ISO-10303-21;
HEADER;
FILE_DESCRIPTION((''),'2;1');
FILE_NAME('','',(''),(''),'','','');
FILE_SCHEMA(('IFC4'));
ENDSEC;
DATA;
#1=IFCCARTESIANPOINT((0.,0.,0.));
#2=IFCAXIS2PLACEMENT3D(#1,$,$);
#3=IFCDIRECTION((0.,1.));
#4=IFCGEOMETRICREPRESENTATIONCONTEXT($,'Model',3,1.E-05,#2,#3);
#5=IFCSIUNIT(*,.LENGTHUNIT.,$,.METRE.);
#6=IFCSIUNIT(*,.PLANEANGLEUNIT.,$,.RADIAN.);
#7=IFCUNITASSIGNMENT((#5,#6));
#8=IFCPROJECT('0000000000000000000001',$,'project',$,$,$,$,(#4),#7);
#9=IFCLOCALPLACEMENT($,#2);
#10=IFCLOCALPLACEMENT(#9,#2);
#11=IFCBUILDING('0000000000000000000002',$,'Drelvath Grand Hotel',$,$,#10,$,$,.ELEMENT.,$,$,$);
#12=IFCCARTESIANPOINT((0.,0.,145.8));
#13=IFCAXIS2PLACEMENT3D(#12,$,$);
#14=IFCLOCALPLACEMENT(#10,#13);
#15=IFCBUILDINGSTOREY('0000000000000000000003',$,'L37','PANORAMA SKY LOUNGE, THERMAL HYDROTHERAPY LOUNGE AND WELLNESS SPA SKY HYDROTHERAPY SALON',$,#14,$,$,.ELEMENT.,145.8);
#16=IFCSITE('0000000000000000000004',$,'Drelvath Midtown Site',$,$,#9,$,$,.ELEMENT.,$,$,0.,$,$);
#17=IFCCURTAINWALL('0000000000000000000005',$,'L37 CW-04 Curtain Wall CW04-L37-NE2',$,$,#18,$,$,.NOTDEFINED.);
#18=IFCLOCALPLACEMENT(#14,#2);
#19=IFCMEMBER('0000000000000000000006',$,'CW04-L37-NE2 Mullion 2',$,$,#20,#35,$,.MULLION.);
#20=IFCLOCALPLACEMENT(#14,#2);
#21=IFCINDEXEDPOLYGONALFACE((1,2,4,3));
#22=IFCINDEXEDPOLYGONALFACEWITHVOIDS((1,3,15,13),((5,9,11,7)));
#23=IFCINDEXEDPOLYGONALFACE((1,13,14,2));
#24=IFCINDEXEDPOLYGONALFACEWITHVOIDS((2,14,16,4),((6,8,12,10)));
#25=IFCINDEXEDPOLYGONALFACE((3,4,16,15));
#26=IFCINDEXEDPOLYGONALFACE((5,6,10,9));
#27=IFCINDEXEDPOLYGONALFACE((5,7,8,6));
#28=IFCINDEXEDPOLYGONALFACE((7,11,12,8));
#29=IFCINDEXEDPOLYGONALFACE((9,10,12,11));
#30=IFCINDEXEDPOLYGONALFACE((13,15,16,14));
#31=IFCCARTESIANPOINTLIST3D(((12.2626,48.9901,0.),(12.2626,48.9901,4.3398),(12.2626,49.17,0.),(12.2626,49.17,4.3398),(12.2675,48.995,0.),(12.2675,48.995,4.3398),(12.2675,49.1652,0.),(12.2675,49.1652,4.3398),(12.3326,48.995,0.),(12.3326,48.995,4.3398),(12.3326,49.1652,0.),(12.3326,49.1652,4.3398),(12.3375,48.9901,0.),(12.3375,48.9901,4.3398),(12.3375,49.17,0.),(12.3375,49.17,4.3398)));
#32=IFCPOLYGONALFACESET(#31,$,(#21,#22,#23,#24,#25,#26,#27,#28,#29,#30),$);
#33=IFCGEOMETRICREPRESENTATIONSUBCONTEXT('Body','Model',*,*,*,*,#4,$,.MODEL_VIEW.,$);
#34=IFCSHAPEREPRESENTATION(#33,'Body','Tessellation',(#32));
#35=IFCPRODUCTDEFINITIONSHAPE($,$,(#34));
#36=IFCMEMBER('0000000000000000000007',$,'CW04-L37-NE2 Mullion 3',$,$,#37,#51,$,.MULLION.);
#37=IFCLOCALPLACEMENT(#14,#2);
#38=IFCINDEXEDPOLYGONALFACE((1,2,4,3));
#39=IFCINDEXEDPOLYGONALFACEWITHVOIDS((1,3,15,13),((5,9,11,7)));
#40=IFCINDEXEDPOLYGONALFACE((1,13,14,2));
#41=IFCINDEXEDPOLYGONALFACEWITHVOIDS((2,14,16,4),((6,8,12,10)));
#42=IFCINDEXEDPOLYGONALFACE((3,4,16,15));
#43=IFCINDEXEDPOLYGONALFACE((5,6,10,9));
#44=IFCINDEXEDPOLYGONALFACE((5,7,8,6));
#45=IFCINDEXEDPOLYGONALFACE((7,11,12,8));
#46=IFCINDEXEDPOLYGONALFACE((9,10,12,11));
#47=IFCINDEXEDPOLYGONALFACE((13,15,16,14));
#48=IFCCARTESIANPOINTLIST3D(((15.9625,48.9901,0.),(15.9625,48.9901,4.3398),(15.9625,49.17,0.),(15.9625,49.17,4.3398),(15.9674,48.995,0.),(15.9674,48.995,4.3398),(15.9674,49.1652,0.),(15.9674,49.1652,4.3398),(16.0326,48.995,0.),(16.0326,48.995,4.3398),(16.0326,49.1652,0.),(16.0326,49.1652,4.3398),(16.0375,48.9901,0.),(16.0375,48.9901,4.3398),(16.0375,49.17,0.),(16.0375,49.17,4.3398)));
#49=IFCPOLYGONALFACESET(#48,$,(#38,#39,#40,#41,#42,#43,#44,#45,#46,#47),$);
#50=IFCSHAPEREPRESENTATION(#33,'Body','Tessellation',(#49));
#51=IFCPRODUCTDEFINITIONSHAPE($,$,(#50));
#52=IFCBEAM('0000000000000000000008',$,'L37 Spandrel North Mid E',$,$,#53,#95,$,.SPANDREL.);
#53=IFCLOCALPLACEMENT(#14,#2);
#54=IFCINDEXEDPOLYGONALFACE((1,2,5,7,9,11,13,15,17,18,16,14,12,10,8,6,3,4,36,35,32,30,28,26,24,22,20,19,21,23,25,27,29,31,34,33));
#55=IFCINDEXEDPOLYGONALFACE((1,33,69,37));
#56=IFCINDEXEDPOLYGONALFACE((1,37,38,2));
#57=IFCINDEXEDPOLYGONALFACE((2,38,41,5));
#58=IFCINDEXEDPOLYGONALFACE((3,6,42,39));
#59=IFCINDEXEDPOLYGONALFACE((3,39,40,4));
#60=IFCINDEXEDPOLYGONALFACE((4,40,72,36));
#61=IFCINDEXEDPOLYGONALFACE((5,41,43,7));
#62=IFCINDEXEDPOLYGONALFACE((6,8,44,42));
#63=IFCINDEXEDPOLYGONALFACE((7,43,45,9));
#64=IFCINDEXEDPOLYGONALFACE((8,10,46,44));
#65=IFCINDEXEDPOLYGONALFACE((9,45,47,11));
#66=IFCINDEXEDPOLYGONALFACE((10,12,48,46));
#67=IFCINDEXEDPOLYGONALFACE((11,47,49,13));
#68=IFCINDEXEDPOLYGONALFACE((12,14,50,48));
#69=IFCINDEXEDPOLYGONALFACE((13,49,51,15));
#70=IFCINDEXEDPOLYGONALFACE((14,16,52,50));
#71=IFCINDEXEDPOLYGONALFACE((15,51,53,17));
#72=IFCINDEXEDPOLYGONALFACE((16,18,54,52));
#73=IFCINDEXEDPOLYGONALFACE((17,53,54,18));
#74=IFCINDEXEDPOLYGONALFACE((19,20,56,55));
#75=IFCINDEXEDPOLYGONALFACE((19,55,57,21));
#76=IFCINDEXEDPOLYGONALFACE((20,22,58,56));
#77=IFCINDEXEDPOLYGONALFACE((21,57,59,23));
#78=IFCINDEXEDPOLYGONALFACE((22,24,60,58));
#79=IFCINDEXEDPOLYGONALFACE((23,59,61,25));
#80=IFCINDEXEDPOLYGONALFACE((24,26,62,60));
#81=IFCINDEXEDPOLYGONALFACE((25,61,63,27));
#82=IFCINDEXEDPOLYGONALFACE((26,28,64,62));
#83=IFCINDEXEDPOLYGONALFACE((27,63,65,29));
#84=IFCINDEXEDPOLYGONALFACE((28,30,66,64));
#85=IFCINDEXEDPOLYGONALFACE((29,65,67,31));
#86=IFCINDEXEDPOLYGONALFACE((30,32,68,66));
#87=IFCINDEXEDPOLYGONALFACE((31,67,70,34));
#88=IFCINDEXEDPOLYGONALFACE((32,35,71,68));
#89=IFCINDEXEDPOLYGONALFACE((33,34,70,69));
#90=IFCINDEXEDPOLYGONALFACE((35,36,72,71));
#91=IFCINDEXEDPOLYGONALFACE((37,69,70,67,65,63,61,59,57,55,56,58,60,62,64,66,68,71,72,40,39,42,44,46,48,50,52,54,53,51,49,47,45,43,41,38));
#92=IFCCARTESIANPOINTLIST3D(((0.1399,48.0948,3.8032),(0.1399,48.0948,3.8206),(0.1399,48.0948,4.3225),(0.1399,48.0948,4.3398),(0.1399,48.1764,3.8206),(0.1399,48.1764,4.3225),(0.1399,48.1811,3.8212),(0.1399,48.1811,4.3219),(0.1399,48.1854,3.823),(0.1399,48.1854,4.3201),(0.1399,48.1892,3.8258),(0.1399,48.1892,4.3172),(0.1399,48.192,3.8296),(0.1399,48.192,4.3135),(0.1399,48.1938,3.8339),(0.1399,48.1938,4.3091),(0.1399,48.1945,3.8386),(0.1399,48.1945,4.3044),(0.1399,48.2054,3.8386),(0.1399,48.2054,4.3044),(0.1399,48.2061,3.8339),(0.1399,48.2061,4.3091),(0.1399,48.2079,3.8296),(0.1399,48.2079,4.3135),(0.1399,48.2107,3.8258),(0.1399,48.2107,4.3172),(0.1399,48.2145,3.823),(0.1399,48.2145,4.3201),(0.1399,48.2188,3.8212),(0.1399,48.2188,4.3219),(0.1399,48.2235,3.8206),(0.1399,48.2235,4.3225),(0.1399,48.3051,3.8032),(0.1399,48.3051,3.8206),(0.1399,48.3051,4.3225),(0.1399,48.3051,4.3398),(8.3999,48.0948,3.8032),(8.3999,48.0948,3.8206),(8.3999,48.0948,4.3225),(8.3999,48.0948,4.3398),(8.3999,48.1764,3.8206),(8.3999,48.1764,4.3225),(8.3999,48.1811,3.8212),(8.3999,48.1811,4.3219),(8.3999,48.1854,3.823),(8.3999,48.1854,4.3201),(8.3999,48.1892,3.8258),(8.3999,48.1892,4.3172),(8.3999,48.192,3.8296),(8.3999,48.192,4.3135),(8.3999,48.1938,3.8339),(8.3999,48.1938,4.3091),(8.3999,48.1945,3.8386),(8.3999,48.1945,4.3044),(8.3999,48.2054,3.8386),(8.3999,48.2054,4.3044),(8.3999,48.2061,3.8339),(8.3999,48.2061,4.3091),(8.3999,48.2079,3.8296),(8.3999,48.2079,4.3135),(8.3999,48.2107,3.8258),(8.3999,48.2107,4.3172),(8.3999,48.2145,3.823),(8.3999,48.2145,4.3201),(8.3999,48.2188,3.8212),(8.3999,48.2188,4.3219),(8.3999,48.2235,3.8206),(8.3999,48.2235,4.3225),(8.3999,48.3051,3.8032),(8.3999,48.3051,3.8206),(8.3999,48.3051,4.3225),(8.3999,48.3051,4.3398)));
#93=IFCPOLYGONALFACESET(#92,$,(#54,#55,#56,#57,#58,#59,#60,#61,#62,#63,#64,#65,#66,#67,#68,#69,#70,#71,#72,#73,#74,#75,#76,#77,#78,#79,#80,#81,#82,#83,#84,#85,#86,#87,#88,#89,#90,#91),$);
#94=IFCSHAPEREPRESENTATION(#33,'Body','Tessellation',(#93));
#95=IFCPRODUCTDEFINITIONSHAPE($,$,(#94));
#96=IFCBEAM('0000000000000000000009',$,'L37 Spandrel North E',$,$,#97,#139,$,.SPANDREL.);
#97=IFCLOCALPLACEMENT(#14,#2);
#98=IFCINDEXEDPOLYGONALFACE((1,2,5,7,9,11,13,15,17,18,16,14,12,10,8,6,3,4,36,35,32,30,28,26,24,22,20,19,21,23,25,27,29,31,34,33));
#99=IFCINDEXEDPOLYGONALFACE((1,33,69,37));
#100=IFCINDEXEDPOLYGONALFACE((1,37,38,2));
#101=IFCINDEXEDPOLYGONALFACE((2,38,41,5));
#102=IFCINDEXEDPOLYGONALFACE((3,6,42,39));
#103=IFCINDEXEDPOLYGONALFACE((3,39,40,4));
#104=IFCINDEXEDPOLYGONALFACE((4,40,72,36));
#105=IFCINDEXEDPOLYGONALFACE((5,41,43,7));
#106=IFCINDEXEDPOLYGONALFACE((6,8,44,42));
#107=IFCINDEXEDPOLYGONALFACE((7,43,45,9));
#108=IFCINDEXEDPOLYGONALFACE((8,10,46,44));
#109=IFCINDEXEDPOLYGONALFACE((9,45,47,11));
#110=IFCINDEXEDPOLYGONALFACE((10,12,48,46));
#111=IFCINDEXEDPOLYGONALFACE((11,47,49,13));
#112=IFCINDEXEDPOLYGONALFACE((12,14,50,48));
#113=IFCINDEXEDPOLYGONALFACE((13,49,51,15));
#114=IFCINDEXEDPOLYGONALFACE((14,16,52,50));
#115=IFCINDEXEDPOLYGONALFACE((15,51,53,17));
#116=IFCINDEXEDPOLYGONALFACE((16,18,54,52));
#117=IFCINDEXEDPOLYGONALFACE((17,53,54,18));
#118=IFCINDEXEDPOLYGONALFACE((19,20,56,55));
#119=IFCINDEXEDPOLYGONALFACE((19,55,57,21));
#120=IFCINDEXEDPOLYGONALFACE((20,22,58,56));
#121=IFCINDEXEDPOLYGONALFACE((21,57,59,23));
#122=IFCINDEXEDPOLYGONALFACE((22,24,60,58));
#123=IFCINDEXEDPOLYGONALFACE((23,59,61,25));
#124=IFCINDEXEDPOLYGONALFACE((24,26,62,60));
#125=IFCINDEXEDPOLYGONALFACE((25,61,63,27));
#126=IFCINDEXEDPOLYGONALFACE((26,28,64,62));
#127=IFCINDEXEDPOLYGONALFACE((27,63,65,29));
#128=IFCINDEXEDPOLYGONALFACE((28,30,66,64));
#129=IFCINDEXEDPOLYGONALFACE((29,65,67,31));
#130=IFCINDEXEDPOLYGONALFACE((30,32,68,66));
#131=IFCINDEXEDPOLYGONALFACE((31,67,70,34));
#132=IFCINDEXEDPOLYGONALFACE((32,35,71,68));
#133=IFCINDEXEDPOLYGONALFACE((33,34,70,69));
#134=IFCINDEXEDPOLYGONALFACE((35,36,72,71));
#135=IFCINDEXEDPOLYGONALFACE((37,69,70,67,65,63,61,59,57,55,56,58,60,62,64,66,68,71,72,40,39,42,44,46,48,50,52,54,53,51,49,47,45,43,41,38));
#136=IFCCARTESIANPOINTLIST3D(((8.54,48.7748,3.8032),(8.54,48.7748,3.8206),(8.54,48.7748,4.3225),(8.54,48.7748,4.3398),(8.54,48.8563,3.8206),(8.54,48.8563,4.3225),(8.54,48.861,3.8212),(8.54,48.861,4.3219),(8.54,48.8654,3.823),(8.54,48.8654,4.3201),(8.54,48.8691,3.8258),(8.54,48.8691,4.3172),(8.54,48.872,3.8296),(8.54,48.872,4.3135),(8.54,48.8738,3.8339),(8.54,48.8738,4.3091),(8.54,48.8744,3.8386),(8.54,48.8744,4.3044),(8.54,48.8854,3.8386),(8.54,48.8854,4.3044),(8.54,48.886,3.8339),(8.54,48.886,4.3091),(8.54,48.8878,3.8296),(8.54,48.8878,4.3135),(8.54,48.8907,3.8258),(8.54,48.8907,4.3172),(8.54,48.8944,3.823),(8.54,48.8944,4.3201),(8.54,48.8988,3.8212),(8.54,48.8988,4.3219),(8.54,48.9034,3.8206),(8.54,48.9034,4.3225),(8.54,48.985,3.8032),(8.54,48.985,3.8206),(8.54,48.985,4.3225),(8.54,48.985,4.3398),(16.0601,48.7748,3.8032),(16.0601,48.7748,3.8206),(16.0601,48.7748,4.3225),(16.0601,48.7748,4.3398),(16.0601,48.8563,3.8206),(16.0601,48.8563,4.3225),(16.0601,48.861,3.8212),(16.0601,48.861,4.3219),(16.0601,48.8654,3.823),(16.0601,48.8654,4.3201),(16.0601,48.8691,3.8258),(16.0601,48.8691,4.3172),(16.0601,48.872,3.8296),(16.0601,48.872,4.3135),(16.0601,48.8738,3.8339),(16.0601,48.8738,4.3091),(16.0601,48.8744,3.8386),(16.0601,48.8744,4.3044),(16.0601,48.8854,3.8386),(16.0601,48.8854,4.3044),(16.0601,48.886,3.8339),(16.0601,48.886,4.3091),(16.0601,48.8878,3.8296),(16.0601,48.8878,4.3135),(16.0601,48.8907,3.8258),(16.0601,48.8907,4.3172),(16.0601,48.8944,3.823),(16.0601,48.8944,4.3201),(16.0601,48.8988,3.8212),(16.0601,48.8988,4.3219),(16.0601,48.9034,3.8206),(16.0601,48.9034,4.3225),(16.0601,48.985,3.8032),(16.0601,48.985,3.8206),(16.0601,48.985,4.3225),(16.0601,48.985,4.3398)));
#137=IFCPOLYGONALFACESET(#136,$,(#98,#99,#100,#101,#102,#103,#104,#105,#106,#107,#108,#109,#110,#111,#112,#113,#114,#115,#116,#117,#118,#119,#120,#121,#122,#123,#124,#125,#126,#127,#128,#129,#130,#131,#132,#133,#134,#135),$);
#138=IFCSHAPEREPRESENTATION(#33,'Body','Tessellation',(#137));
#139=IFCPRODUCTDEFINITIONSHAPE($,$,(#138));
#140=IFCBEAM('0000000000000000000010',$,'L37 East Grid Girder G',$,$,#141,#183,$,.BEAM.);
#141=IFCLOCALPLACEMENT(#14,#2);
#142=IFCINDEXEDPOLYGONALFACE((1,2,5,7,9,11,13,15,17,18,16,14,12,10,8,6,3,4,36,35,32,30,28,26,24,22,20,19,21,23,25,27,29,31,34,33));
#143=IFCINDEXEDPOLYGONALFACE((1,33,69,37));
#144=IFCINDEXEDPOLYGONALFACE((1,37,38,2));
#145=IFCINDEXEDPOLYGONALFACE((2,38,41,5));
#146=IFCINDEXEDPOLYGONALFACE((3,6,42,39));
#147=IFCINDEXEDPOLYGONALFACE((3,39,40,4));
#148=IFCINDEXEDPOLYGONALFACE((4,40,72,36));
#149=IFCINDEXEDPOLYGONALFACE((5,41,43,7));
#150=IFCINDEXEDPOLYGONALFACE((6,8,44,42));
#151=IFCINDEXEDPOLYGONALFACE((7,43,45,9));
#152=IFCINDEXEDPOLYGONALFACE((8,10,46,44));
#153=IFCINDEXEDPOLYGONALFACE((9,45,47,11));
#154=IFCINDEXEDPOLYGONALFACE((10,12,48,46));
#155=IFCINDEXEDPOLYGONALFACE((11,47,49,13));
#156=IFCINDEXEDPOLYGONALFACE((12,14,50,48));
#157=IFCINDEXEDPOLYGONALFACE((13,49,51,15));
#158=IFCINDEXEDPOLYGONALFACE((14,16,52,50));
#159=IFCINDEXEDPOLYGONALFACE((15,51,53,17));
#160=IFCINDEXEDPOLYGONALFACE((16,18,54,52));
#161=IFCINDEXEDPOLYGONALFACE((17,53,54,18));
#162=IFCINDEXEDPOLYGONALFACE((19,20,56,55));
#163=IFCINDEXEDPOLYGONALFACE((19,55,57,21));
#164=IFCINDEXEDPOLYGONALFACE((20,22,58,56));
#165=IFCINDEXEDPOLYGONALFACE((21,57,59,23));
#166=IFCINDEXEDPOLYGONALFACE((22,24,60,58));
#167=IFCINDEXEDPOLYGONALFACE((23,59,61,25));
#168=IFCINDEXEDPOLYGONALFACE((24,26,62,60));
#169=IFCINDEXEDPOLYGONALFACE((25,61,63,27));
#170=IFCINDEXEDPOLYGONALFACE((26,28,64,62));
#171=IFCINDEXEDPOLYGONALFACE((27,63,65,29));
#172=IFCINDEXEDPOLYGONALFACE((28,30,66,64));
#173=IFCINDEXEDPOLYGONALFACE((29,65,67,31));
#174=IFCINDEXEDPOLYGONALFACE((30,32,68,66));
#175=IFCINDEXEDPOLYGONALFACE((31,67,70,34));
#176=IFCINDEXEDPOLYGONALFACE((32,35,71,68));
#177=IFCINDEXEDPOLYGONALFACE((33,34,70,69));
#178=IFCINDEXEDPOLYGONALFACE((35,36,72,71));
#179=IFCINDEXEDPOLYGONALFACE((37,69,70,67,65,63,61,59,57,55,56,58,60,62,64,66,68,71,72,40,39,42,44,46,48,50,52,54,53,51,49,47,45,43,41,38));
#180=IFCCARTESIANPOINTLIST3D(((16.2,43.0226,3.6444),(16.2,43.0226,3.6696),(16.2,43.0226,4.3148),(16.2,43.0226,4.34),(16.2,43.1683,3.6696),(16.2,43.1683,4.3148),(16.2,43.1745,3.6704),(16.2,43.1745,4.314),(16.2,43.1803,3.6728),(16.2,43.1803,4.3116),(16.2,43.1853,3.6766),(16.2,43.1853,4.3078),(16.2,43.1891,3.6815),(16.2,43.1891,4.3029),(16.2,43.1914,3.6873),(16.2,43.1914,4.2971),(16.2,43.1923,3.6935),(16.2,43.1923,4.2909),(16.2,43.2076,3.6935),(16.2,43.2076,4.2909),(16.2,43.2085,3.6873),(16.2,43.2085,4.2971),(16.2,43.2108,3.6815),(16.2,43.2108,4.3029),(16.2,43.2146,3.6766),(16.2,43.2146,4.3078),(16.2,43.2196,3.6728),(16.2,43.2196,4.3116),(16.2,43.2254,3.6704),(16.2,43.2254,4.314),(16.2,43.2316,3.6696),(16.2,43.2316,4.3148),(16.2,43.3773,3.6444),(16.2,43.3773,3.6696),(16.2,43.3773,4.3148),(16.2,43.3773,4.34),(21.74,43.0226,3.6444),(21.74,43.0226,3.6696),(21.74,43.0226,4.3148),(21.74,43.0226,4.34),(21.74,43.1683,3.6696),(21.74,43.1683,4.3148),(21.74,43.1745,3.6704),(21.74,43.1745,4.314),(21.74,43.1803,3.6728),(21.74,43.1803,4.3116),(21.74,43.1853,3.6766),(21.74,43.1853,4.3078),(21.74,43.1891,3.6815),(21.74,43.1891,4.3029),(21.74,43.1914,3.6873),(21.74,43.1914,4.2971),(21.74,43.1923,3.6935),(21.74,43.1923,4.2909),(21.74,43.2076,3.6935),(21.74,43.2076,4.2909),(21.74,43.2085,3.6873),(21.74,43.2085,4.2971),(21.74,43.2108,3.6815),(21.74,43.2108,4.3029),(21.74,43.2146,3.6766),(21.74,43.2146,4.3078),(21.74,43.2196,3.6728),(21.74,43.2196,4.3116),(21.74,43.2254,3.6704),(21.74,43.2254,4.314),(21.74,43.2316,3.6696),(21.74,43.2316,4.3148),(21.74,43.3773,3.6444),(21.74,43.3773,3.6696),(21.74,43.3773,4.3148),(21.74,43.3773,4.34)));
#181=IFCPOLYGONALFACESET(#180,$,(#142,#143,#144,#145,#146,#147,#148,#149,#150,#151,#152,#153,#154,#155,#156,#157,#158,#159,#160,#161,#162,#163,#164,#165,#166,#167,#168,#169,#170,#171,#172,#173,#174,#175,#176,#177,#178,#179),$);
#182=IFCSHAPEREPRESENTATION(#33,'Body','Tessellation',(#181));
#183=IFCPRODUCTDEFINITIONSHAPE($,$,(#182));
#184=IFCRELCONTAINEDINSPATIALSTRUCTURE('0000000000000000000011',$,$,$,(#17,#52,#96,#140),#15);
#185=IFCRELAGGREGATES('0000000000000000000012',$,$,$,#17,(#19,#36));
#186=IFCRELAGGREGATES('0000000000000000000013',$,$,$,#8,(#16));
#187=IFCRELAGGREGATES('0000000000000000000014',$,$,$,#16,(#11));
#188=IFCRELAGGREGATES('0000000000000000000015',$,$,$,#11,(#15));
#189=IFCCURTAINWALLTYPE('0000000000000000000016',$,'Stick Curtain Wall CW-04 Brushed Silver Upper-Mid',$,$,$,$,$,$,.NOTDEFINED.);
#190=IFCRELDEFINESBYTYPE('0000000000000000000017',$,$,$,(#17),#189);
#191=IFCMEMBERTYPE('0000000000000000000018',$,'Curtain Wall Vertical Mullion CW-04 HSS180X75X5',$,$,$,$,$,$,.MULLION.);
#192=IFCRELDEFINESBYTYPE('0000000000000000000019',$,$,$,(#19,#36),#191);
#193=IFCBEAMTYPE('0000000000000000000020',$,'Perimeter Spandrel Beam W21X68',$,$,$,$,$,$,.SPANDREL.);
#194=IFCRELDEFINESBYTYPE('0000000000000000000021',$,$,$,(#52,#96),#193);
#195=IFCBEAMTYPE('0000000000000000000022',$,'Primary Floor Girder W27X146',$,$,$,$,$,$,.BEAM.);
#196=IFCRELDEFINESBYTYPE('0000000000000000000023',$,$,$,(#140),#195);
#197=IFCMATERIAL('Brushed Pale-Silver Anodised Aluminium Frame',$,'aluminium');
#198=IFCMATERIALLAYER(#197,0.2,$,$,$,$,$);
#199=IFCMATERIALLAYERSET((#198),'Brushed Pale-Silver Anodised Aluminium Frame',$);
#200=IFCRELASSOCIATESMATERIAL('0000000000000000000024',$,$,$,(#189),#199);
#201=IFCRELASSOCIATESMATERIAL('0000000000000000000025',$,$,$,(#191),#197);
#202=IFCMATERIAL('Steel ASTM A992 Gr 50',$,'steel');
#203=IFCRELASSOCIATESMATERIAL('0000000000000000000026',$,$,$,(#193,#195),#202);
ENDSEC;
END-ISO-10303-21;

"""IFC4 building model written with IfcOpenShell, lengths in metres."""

from ifc_helpers import new_model, si_unit, direction, frame, origin, origin_2d, place, context, subcontext, project, spatial, hollow_rectangle, i_section, extrude, material, layer, layer_set, material_profile, profile_set, type_object, element, aggregate, save


model = new_model("IFC4")

# Units and contexts
model_context = context("Model", 3, precision=1e-05, world=origin(), true_north=direction((0.0, 1.0)))
body_context = subcontext(model_context, "Body", "Model", "MODEL_VIEW")
ifc_project = project(units=[si_unit("LENGTHUNIT", "METRE"), si_unit("PLANEANGLEUNIT", "RADIAN")], contexts=[model_context])

# Site, building, storey
site_placement = place(None, origin())
site = spatial("IfcSite", under=ifc_project, at=site_placement, Name="Drelvath Midtown Site", CompositionType="ELEMENT", RefElevation=0.0)
building_placement = place(site_placement, origin())
building = spatial("IfcBuilding", under=site, at=building_placement, Name="Drelvath Grand Hotel", CompositionType="ELEMENT")
storey_placement = place(building_placement, frame((0.0, 0.0, 145.8)))
storey = spatial("IfcBuildingStorey", under=building, at=storey_placement, Name="L37", Description="PANORAMA SKY LOUNGE, THERMAL HYDROTHERAPY LOUNGE AND WELLNESS SPA SKY HYDROTHERAPY SALON", CompositionType="ELEMENT", Elevation=145.8)

# Curtain wall
ifc_material_1 = material(Name="Brushed Pale-Silver Anodised Aluminium Frame", Category="aluminium")
ifc_layer_1 = layer(ifc_material_1, 0.2)
ifc_layer_set_1 = layer_set([ifc_layer_1], Name="Brushed Pale-Silver Anodised Aluminium Frame")
curtain_wall_type = type_object("IfcCurtainWallType", Name="Stick Curtain Wall CW-04 Brushed Silver Upper-Mid", PredefinedType="NOTDEFINED", material=ifc_layer_set_1)
curtain_wall_1_placement = place(storey_placement, origin())
curtain_wall_1 = element("IfcCurtainWall", 1, at=curtain_wall_1_placement, inside=storey, type_object=curtain_wall_type, Name="L37 CW-04 Curtain Wall CW04-L37-NE2", PredefinedType="NOTDEFINED")

# Members
ifc_material_profile_1 = material_profile(ifc_material_1, hollow_rectangle(XDim=0.075, YDim=0.1799, WallThickness=0.0049, at=origin_2d()), Name="HSS180X75X5")
ifc_profile_set_1 = profile_set([ifc_material_profile_1], Name="Brushed Pale-Silver Anodised Aluminium Frame")
member_type_1 = type_object("IfcMemberType", Name="Curtain Wall Vertical Mullion CW-04 HSS180X75X5", PredefinedType="MULLION", material=ifc_profile_set_1)
member_1_placement = place(storey_placement, frame((12.3, 49.0801, 0.0), z_axis=(0.0, 0.0, 1.0), x_axis=(1.0, 0.0, 0.0)))
member_1 = element("IfcMember", 2, at=member_1_placement, type_object=member_type_1, Name="CW04-L37-NE2 Mullion 2", PredefinedType="MULLION", context=body_context, shape_type="SweptSolid", body=[
    extrude(hollow_rectangle(XDim=0.075, YDim=0.1799, WallThickness=0.0049, at=origin_2d()), origin(), (0.0, 0.0, 1.0), 4.3398),
])
member_2_placement = place(storey_placement, frame((16.0, 49.0801, 0.0), z_axis=(0.0, 0.0, 1.0), x_axis=(1.0, 0.0, 0.0)))
member_2 = element("IfcMember", 3, at=member_2_placement, type_object=member_type_1, Name="CW04-L37-NE2 Mullion 3", PredefinedType="MULLION", context=body_context, shape_type="SweptSolid", body=[
    extrude(hollow_rectangle(XDim=0.075, YDim=0.1799, WallThickness=0.0049, at=origin_2d()), origin(), (0.0, 0.0, 1.0), 4.3398),
])

# Beams
ifc_material_2 = material(Name="Steel ASTM A992 Gr 50", Category="steel")
ifc_material_profile_2 = material_profile(ifc_material_2, i_section(OverallWidth=0.2102, OverallDepth=0.5366, WebThickness=0.011, FlangeThickness=0.0173, FilletRadius=0.0181, at=origin_2d()), Name="W21X68")
ifc_profile_set_2 = profile_set([ifc_material_profile_2], Name="Steel ASTM A992 Gr 50")
beam_type_1 = type_object("IfcBeamType", Name="Perimeter Spandrel Beam W21X68", PredefinedType="SPANDREL", material=ifc_profile_set_2)
beam_1_placement = place(storey_placement, frame((0.1399, 48.2, 4.0715), z_axis=(1.0, 0.0, 0.0), x_axis=(0.0, 1.0, 0.0)))
element("IfcBeam", 4, at=beam_1_placement, inside=storey, type_object=beam_type_1, Name="L37 Spandrel North Mid E", PredefinedType="SPANDREL", context=body_context, shape_type="SweptSolid", body=[
    extrude(i_section(OverallWidth=0.2102, OverallDepth=0.5366, WebThickness=0.011, FlangeThickness=0.0173, FilletRadius=0.0181, at=origin_2d()), origin(), (0.0, 0.0, 1.0), 8.26),
])
beam_2_placement = place(storey_placement, frame((8.54, 48.8799, 4.0715), z_axis=(1.0, 0.0, 0.0), x_axis=(0.0, 1.0, 0.0)))
element("IfcBeam", 5, at=beam_2_placement, inside=storey, type_object=beam_type_1, Name="L37 Spandrel North E", PredefinedType="SPANDREL", context=body_context, shape_type="SweptSolid", body=[
    extrude(i_section(OverallWidth=0.2102, OverallDepth=0.5366, WebThickness=0.011, FlangeThickness=0.0173, FilletRadius=0.0181, at=origin_2d()), origin(), (0.0, 0.0, 1.0), 7.52),
])
ifc_material_profile_3 = material_profile(ifc_material_2, i_section(OverallWidth=0.3547, OverallDepth=0.6956, WebThickness=0.0154, FlangeThickness=0.0251, FilletRadius=0.0239, at=origin_2d()), Name="W27X146")
ifc_profile_set_3 = profile_set([ifc_material_profile_3], Name="Steel ASTM A992 Gr 50")
beam_type_2 = type_object("IfcBeamType", Name="Primary Floor Girder W27X146", PredefinedType="BEAM", material=ifc_profile_set_3)
for number, where, z_axis, x_axis, name in (
    (6, (16.2, 43.2, 3.9922), (1.0, 0.0, 0.0), (0.0, 1.0, 0.0), "L37 East Grid Girder G"),
):
    element("IfcBeam", number, at=place(storey_placement, frame(where, z_axis=z_axis, x_axis=x_axis)), inside=storey, type_object=beam_type_2, Name=name, PredefinedType="BEAM", context=body_context, shape_type="SweptSolid", body=[
        extrude(i_section(OverallWidth=0.3547, OverallDepth=0.6956, WebThickness=0.0154, FlangeThickness=0.0251, FilletRadius=0.0239, at=origin_2d()), origin(), (0.0, 0.0, 1.0), 5.54),
    ])

aggregate(curtain_wall_1, [member_1, member_2])

save(model, "model.ifc")
